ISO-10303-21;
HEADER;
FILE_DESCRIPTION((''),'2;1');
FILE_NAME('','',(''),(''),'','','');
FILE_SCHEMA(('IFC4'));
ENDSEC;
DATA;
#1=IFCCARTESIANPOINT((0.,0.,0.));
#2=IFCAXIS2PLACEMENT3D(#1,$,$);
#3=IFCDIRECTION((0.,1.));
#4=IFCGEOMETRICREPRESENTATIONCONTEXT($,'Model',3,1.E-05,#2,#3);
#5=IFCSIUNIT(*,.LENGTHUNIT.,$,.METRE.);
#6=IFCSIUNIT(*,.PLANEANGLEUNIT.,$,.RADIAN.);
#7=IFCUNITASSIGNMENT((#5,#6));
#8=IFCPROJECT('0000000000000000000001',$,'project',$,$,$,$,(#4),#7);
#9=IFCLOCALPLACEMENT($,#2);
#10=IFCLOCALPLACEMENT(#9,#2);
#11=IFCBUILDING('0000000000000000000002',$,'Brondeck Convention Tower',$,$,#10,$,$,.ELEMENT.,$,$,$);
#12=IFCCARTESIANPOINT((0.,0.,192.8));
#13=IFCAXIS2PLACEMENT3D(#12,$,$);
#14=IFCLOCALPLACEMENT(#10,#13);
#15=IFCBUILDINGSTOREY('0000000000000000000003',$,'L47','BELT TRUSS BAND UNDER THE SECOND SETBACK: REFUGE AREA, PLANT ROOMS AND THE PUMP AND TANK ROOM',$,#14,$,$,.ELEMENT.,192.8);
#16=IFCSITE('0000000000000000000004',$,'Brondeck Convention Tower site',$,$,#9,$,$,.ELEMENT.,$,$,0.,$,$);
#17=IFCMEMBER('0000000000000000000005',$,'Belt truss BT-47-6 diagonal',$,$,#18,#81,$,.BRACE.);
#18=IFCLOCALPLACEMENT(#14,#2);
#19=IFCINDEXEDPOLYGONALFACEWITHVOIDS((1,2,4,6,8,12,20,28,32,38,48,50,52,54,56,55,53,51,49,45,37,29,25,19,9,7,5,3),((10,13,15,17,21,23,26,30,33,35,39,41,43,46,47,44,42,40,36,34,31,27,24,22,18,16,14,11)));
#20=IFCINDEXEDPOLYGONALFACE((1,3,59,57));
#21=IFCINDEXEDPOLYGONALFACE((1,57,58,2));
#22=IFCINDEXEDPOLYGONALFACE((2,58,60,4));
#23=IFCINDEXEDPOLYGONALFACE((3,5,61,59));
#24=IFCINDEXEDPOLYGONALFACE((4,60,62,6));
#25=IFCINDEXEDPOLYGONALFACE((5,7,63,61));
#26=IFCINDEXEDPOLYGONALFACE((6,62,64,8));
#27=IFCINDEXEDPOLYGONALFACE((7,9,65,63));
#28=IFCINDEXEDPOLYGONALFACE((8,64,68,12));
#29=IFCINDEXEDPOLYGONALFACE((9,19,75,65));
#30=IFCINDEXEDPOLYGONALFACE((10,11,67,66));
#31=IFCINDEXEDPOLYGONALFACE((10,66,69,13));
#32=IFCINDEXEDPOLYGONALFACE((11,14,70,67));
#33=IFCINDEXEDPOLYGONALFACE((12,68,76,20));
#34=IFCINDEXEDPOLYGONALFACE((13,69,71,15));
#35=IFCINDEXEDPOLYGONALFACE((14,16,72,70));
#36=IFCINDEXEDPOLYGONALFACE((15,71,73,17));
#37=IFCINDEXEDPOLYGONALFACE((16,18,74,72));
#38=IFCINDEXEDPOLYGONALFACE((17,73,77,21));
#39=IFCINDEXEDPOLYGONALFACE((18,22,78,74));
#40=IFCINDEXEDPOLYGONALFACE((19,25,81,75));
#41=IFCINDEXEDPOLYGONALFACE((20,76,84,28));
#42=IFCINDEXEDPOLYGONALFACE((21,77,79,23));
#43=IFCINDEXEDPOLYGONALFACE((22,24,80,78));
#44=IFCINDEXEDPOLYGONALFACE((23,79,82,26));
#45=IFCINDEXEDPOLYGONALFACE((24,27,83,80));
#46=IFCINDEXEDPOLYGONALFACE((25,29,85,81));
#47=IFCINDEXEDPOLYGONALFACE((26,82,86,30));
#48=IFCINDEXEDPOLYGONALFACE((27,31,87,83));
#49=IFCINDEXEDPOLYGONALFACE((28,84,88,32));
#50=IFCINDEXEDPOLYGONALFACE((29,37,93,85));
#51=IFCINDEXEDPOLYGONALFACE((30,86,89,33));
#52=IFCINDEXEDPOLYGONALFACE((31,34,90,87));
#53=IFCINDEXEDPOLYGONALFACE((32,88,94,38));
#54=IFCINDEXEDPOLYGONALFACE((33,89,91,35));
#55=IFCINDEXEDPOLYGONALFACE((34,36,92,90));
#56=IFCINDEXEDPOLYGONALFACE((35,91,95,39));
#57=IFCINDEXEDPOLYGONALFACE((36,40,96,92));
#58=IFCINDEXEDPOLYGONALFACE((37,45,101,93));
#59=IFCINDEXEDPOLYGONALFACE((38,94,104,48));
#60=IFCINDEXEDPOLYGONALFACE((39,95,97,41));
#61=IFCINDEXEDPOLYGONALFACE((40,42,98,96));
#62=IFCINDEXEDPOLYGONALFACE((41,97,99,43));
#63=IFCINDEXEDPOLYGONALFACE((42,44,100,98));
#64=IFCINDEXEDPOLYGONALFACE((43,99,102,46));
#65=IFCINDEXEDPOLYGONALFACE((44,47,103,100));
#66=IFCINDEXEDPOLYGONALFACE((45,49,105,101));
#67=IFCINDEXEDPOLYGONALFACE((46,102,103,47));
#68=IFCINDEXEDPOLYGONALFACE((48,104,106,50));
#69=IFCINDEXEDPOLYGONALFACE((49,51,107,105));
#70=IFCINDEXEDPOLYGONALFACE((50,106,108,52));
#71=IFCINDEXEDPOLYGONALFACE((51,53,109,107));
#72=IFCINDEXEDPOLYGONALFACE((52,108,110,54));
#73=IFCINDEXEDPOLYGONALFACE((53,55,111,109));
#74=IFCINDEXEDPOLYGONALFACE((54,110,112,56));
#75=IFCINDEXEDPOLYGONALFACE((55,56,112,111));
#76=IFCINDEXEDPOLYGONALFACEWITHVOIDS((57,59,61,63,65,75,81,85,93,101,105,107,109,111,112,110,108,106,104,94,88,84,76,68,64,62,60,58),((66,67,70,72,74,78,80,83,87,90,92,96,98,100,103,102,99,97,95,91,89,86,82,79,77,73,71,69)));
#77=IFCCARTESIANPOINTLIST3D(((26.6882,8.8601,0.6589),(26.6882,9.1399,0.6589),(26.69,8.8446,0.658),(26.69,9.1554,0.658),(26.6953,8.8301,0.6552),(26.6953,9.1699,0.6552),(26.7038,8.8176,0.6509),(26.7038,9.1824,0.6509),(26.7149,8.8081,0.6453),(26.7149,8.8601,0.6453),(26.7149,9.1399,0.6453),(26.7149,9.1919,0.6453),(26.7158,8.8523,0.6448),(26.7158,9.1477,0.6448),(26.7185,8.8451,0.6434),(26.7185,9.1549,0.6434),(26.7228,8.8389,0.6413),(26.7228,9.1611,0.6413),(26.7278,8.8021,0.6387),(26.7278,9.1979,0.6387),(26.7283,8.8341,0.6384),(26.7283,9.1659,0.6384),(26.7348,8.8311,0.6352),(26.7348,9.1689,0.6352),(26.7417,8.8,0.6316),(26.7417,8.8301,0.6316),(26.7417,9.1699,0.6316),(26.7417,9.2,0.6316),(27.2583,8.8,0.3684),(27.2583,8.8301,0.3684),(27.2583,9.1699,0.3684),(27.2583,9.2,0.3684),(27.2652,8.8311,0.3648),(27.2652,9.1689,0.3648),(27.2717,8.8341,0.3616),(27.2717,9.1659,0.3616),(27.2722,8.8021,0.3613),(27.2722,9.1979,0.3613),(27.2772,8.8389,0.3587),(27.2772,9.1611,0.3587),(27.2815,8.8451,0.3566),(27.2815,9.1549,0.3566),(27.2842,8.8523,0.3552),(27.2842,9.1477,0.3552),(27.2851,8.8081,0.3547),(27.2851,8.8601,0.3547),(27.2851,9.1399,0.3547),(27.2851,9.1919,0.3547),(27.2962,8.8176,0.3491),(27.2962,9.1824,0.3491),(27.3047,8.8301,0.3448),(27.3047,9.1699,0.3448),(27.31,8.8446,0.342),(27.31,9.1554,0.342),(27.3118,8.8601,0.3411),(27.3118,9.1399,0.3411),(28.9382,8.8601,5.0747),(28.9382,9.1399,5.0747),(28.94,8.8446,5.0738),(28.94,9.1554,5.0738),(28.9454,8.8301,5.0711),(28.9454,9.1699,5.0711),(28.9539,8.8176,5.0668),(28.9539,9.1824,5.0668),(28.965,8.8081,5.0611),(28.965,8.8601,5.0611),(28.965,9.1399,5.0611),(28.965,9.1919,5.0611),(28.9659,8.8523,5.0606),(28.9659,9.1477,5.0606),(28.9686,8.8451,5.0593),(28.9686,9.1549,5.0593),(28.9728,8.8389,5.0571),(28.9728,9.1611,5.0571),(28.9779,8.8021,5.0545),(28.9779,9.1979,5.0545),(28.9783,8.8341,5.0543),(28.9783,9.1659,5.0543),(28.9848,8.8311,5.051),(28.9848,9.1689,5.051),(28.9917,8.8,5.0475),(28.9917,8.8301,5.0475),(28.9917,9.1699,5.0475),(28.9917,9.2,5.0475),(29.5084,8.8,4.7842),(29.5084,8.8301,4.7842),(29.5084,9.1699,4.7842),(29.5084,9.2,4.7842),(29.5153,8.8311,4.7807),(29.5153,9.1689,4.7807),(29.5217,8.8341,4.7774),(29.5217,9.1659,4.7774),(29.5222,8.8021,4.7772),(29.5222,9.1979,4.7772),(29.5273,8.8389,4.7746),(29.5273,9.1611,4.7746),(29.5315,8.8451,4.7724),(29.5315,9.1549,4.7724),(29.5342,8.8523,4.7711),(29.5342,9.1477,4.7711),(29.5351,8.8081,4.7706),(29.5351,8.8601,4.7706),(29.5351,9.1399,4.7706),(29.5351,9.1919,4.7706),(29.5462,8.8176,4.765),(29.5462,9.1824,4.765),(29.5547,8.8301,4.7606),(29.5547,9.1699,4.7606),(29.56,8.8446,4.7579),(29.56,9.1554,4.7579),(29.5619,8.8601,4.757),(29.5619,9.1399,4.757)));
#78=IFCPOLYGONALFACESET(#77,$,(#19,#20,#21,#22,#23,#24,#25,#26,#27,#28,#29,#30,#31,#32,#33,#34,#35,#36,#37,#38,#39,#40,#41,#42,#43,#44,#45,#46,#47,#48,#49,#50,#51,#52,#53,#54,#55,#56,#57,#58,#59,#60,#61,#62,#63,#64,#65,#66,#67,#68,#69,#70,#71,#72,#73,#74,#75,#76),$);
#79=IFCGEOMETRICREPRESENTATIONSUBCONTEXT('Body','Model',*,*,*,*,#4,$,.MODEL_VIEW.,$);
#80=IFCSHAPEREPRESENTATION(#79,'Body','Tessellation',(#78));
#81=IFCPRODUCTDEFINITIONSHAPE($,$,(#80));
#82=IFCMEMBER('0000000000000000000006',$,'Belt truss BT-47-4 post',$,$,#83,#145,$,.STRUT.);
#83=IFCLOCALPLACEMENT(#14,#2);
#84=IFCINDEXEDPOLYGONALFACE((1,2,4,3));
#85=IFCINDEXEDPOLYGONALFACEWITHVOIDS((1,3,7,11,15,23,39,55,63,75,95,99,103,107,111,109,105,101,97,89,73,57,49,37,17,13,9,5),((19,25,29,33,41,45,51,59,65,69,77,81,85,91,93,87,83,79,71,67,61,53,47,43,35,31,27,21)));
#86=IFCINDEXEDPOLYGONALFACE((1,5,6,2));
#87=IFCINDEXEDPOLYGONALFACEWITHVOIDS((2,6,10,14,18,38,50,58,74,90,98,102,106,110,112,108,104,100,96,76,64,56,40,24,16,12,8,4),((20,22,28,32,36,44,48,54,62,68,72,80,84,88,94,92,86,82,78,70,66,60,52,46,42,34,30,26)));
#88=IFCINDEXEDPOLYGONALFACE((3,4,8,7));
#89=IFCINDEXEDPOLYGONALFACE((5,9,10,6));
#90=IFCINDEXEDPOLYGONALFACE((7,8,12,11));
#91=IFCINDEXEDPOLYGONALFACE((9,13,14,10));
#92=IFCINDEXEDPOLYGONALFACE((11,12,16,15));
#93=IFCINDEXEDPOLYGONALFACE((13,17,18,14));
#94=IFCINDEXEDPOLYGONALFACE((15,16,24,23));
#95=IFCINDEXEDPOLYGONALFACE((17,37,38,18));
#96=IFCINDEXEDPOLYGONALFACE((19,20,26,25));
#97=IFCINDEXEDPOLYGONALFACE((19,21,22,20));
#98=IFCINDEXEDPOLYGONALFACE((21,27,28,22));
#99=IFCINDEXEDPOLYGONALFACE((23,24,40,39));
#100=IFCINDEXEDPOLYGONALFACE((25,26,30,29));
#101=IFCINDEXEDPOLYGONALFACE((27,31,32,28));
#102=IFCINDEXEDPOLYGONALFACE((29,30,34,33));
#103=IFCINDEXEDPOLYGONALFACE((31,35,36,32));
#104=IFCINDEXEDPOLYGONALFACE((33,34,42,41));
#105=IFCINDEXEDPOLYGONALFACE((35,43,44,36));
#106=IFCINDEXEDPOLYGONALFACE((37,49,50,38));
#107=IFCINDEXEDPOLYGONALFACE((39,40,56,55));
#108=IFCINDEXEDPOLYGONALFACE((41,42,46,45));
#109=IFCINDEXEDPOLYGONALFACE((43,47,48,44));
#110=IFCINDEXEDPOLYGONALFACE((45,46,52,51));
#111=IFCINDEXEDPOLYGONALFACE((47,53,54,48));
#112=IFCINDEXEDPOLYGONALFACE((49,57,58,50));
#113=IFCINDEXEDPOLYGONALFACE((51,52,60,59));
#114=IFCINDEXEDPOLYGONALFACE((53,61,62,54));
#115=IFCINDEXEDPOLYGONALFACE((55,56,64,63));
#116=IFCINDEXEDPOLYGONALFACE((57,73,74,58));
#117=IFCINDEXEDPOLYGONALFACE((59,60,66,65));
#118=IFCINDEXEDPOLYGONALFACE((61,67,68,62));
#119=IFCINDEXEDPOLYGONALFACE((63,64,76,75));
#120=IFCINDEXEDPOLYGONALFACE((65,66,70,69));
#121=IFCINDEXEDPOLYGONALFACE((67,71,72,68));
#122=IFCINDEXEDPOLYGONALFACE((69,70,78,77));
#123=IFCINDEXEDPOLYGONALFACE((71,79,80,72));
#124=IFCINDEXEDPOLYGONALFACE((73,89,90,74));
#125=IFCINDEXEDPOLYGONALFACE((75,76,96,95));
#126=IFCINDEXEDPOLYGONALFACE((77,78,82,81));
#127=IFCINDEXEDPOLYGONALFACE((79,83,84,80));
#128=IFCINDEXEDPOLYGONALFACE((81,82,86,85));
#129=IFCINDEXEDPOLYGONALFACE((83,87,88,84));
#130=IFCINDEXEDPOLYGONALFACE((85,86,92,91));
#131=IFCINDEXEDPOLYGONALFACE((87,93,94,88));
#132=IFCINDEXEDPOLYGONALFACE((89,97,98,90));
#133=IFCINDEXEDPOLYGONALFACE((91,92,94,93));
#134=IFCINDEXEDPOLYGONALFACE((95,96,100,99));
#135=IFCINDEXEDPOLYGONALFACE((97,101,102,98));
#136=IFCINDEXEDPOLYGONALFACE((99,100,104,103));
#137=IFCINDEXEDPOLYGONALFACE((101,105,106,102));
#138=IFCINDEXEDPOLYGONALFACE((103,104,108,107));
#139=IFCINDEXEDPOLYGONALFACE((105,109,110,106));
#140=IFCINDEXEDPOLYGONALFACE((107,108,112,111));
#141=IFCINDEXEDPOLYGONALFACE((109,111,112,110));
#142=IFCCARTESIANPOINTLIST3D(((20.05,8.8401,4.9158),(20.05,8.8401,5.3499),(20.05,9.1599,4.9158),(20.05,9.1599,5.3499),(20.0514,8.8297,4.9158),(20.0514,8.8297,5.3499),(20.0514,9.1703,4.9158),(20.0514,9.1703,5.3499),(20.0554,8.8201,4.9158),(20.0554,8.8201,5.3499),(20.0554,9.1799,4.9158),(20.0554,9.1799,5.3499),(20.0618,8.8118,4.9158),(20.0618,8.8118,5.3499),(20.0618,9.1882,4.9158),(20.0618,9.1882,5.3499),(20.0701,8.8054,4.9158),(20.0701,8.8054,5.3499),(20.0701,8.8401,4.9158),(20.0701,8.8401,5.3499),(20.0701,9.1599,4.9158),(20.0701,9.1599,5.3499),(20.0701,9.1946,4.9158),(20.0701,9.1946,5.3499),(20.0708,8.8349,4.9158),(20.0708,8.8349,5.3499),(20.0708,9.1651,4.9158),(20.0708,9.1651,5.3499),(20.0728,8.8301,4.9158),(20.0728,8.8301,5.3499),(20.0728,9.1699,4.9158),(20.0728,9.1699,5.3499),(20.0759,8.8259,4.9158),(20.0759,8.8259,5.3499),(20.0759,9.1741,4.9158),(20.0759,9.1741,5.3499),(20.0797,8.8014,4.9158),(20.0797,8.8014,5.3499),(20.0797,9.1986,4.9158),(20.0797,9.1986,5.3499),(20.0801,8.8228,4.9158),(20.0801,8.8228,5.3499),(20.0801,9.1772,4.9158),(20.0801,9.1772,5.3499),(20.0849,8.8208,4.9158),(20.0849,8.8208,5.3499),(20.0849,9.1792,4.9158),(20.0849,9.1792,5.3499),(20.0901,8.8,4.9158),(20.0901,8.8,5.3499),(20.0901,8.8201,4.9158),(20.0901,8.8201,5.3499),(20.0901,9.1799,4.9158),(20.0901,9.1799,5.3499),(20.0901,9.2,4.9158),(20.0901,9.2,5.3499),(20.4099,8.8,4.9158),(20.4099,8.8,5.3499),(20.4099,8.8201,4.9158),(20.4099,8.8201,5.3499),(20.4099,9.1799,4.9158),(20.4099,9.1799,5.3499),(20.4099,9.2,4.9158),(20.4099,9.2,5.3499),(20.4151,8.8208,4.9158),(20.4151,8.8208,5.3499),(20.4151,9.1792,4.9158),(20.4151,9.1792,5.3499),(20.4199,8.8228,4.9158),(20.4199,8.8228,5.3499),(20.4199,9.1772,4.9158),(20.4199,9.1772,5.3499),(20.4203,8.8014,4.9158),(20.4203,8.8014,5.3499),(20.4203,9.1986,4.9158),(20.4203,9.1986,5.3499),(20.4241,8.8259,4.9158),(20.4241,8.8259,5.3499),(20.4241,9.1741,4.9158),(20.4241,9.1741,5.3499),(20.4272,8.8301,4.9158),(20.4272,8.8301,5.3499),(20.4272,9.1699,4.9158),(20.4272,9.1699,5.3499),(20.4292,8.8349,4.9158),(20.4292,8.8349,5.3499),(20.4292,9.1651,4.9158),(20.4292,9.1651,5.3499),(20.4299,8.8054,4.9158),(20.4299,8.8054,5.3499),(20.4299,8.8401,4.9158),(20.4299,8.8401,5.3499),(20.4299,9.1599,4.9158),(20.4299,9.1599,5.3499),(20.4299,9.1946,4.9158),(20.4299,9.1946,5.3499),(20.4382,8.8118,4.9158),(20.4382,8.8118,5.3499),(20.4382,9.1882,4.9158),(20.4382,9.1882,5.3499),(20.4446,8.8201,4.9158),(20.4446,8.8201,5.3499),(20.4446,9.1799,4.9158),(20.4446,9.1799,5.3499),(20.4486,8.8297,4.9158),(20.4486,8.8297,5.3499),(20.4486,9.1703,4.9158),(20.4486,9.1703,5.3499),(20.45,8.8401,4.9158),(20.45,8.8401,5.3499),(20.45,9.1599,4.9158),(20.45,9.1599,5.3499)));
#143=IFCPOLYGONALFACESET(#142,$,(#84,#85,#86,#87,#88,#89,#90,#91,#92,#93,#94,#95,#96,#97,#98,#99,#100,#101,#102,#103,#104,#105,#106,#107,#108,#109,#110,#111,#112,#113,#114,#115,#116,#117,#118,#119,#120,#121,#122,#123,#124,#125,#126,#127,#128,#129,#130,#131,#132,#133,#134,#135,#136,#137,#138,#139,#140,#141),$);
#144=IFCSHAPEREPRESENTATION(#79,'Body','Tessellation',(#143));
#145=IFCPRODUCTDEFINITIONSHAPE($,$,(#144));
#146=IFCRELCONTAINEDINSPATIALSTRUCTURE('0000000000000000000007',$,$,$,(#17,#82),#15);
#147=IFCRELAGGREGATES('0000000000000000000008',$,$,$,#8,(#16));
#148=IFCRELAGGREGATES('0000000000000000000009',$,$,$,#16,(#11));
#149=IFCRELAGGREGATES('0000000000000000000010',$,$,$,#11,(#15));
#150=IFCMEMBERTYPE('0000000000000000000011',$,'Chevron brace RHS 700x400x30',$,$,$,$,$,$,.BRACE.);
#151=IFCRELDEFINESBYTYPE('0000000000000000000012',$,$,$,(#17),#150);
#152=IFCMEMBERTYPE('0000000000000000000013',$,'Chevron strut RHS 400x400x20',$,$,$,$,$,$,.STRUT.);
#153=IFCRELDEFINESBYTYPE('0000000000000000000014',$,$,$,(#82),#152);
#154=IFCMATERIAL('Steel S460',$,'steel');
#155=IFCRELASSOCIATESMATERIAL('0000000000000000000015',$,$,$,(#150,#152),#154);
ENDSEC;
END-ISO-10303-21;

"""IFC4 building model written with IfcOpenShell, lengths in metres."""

from ifc_helpers import new_model, si_unit, direction, frame, origin, origin_2d, place, context, subcontext, project, spatial, hollow_rectangle, extrude, material, material_profile, profile_set, type_object, element, save


model = new_model("IFC4")

# Units and contexts
model_context = context("Model", 3, precision=1e-05, world=origin(), true_north=direction((0.0, 1.0)))
body_context = subcontext(model_context, "Body", "Model", "MODEL_VIEW")
ifc_project = project(units=[si_unit("LENGTHUNIT", "METRE"), si_unit("PLANEANGLEUNIT", "RADIAN")], contexts=[model_context])

# Site, building, storey
site_placement = place(None, origin())
site = spatial("IfcSite", under=ifc_project, at=site_placement, Name="Brondeck Convention Tower site", CompositionType="ELEMENT", RefElevation=0.0)
building_placement = place(site_placement, origin())
building = spatial("IfcBuilding", under=site, at=building_placement, Name="Brondeck Convention Tower", CompositionType="ELEMENT")
storey_placement = place(building_placement, frame((0.0, 0.0, 192.8)))
storey = spatial("IfcBuildingStorey", under=building, at=storey_placement, Name="L47", Description="BELT TRUSS BAND UNDER THE SECOND SETBACK: REFUGE AREA, PLANT ROOMS AND THE PUMP AND TANK ROOM", CompositionType="ELEMENT", Elevation=192.8)

# Members
ifc_material_1 = material(Name="Steel S460", Category="steel")
ifc_material_profile_1 = material_profile(ifc_material_1, hollow_rectangle(XDim=0.3999, YDim=0.7, WallThickness=0.03, InnerFilletRadius=0.03, OuterFilletRadius=0.0601, at=origin_2d()), Name="RHS 700x400x30")
ifc_profile_set_1 = profile_set([ifc_material_profile_1], Name="Steel S460")
member_type_1 = type_object("IfcMemberType", Name="Chevron brace RHS 700x400x30", PredefinedType="BRACE", material=ifc_profile_set_1)
for number, where, z_axis, x_axis, name in (
    (1, (27.0, 9.0, 0.5), (0.453999, 0.0, 0.891002), (0.0, 1.0, 0.0), "Belt truss BT-47-6 diagonal"),
):
    element("IfcMember", number, at=place(storey_placement, frame(where, z_axis=z_axis, x_axis=x_axis)), inside=storey, type_object=member_type_1, Name=name, PredefinedType="BRACE", context=body_context, shape_type="SweptSolid", body=[
        extrude(hollow_rectangle(XDim=0.3999, YDim=0.7, WallThickness=0.03, InnerFilletRadius=0.03, OuterFilletRadius=0.0601, at=origin_2d()), origin(), (0.0, 0.0, 1.0), 4.9561),
    ])
ifc_material_profile_2 = material_profile(ifc_material_1, hollow_rectangle(XDim=0.3999, YDim=0.3999, WallThickness=0.02, InnerFilletRadius=0.02, OuterFilletRadius=0.04, at=origin_2d()), Name="RHS 400x400x20")
ifc_profile_set_2 = profile_set([ifc_material_profile_2], Name="Steel S460")
member_type_2 = type_object("IfcMemberType", Name="Chevron strut RHS 400x400x20", PredefinedType="STRUT", material=ifc_profile_set_2)
for number, where, z_axis, x_axis, name in (
    (2, (20.25, 9.0, 4.9158), (0.0, 0.0, 1.0), (1.0, 0.0, 0.0), "Belt truss BT-47-4 post"),
):
    element("IfcMember", number, at=place(storey_placement, frame(where, z_axis=z_axis, x_axis=x_axis)), inside=storey, type_object=member_type_2, Name=name, PredefinedType="STRUT", context=body_context, shape_type="SweptSolid", body=[
        extrude(hollow_rectangle(XDim=0.3999, YDim=0.3999, WallThickness=0.02, InnerFilletRadius=0.02, OuterFilletRadius=0.04, at=origin_2d()), origin(), (0.0, 0.0, 1.0), 0.4341),
    ])

save(model, "model.ifc")
